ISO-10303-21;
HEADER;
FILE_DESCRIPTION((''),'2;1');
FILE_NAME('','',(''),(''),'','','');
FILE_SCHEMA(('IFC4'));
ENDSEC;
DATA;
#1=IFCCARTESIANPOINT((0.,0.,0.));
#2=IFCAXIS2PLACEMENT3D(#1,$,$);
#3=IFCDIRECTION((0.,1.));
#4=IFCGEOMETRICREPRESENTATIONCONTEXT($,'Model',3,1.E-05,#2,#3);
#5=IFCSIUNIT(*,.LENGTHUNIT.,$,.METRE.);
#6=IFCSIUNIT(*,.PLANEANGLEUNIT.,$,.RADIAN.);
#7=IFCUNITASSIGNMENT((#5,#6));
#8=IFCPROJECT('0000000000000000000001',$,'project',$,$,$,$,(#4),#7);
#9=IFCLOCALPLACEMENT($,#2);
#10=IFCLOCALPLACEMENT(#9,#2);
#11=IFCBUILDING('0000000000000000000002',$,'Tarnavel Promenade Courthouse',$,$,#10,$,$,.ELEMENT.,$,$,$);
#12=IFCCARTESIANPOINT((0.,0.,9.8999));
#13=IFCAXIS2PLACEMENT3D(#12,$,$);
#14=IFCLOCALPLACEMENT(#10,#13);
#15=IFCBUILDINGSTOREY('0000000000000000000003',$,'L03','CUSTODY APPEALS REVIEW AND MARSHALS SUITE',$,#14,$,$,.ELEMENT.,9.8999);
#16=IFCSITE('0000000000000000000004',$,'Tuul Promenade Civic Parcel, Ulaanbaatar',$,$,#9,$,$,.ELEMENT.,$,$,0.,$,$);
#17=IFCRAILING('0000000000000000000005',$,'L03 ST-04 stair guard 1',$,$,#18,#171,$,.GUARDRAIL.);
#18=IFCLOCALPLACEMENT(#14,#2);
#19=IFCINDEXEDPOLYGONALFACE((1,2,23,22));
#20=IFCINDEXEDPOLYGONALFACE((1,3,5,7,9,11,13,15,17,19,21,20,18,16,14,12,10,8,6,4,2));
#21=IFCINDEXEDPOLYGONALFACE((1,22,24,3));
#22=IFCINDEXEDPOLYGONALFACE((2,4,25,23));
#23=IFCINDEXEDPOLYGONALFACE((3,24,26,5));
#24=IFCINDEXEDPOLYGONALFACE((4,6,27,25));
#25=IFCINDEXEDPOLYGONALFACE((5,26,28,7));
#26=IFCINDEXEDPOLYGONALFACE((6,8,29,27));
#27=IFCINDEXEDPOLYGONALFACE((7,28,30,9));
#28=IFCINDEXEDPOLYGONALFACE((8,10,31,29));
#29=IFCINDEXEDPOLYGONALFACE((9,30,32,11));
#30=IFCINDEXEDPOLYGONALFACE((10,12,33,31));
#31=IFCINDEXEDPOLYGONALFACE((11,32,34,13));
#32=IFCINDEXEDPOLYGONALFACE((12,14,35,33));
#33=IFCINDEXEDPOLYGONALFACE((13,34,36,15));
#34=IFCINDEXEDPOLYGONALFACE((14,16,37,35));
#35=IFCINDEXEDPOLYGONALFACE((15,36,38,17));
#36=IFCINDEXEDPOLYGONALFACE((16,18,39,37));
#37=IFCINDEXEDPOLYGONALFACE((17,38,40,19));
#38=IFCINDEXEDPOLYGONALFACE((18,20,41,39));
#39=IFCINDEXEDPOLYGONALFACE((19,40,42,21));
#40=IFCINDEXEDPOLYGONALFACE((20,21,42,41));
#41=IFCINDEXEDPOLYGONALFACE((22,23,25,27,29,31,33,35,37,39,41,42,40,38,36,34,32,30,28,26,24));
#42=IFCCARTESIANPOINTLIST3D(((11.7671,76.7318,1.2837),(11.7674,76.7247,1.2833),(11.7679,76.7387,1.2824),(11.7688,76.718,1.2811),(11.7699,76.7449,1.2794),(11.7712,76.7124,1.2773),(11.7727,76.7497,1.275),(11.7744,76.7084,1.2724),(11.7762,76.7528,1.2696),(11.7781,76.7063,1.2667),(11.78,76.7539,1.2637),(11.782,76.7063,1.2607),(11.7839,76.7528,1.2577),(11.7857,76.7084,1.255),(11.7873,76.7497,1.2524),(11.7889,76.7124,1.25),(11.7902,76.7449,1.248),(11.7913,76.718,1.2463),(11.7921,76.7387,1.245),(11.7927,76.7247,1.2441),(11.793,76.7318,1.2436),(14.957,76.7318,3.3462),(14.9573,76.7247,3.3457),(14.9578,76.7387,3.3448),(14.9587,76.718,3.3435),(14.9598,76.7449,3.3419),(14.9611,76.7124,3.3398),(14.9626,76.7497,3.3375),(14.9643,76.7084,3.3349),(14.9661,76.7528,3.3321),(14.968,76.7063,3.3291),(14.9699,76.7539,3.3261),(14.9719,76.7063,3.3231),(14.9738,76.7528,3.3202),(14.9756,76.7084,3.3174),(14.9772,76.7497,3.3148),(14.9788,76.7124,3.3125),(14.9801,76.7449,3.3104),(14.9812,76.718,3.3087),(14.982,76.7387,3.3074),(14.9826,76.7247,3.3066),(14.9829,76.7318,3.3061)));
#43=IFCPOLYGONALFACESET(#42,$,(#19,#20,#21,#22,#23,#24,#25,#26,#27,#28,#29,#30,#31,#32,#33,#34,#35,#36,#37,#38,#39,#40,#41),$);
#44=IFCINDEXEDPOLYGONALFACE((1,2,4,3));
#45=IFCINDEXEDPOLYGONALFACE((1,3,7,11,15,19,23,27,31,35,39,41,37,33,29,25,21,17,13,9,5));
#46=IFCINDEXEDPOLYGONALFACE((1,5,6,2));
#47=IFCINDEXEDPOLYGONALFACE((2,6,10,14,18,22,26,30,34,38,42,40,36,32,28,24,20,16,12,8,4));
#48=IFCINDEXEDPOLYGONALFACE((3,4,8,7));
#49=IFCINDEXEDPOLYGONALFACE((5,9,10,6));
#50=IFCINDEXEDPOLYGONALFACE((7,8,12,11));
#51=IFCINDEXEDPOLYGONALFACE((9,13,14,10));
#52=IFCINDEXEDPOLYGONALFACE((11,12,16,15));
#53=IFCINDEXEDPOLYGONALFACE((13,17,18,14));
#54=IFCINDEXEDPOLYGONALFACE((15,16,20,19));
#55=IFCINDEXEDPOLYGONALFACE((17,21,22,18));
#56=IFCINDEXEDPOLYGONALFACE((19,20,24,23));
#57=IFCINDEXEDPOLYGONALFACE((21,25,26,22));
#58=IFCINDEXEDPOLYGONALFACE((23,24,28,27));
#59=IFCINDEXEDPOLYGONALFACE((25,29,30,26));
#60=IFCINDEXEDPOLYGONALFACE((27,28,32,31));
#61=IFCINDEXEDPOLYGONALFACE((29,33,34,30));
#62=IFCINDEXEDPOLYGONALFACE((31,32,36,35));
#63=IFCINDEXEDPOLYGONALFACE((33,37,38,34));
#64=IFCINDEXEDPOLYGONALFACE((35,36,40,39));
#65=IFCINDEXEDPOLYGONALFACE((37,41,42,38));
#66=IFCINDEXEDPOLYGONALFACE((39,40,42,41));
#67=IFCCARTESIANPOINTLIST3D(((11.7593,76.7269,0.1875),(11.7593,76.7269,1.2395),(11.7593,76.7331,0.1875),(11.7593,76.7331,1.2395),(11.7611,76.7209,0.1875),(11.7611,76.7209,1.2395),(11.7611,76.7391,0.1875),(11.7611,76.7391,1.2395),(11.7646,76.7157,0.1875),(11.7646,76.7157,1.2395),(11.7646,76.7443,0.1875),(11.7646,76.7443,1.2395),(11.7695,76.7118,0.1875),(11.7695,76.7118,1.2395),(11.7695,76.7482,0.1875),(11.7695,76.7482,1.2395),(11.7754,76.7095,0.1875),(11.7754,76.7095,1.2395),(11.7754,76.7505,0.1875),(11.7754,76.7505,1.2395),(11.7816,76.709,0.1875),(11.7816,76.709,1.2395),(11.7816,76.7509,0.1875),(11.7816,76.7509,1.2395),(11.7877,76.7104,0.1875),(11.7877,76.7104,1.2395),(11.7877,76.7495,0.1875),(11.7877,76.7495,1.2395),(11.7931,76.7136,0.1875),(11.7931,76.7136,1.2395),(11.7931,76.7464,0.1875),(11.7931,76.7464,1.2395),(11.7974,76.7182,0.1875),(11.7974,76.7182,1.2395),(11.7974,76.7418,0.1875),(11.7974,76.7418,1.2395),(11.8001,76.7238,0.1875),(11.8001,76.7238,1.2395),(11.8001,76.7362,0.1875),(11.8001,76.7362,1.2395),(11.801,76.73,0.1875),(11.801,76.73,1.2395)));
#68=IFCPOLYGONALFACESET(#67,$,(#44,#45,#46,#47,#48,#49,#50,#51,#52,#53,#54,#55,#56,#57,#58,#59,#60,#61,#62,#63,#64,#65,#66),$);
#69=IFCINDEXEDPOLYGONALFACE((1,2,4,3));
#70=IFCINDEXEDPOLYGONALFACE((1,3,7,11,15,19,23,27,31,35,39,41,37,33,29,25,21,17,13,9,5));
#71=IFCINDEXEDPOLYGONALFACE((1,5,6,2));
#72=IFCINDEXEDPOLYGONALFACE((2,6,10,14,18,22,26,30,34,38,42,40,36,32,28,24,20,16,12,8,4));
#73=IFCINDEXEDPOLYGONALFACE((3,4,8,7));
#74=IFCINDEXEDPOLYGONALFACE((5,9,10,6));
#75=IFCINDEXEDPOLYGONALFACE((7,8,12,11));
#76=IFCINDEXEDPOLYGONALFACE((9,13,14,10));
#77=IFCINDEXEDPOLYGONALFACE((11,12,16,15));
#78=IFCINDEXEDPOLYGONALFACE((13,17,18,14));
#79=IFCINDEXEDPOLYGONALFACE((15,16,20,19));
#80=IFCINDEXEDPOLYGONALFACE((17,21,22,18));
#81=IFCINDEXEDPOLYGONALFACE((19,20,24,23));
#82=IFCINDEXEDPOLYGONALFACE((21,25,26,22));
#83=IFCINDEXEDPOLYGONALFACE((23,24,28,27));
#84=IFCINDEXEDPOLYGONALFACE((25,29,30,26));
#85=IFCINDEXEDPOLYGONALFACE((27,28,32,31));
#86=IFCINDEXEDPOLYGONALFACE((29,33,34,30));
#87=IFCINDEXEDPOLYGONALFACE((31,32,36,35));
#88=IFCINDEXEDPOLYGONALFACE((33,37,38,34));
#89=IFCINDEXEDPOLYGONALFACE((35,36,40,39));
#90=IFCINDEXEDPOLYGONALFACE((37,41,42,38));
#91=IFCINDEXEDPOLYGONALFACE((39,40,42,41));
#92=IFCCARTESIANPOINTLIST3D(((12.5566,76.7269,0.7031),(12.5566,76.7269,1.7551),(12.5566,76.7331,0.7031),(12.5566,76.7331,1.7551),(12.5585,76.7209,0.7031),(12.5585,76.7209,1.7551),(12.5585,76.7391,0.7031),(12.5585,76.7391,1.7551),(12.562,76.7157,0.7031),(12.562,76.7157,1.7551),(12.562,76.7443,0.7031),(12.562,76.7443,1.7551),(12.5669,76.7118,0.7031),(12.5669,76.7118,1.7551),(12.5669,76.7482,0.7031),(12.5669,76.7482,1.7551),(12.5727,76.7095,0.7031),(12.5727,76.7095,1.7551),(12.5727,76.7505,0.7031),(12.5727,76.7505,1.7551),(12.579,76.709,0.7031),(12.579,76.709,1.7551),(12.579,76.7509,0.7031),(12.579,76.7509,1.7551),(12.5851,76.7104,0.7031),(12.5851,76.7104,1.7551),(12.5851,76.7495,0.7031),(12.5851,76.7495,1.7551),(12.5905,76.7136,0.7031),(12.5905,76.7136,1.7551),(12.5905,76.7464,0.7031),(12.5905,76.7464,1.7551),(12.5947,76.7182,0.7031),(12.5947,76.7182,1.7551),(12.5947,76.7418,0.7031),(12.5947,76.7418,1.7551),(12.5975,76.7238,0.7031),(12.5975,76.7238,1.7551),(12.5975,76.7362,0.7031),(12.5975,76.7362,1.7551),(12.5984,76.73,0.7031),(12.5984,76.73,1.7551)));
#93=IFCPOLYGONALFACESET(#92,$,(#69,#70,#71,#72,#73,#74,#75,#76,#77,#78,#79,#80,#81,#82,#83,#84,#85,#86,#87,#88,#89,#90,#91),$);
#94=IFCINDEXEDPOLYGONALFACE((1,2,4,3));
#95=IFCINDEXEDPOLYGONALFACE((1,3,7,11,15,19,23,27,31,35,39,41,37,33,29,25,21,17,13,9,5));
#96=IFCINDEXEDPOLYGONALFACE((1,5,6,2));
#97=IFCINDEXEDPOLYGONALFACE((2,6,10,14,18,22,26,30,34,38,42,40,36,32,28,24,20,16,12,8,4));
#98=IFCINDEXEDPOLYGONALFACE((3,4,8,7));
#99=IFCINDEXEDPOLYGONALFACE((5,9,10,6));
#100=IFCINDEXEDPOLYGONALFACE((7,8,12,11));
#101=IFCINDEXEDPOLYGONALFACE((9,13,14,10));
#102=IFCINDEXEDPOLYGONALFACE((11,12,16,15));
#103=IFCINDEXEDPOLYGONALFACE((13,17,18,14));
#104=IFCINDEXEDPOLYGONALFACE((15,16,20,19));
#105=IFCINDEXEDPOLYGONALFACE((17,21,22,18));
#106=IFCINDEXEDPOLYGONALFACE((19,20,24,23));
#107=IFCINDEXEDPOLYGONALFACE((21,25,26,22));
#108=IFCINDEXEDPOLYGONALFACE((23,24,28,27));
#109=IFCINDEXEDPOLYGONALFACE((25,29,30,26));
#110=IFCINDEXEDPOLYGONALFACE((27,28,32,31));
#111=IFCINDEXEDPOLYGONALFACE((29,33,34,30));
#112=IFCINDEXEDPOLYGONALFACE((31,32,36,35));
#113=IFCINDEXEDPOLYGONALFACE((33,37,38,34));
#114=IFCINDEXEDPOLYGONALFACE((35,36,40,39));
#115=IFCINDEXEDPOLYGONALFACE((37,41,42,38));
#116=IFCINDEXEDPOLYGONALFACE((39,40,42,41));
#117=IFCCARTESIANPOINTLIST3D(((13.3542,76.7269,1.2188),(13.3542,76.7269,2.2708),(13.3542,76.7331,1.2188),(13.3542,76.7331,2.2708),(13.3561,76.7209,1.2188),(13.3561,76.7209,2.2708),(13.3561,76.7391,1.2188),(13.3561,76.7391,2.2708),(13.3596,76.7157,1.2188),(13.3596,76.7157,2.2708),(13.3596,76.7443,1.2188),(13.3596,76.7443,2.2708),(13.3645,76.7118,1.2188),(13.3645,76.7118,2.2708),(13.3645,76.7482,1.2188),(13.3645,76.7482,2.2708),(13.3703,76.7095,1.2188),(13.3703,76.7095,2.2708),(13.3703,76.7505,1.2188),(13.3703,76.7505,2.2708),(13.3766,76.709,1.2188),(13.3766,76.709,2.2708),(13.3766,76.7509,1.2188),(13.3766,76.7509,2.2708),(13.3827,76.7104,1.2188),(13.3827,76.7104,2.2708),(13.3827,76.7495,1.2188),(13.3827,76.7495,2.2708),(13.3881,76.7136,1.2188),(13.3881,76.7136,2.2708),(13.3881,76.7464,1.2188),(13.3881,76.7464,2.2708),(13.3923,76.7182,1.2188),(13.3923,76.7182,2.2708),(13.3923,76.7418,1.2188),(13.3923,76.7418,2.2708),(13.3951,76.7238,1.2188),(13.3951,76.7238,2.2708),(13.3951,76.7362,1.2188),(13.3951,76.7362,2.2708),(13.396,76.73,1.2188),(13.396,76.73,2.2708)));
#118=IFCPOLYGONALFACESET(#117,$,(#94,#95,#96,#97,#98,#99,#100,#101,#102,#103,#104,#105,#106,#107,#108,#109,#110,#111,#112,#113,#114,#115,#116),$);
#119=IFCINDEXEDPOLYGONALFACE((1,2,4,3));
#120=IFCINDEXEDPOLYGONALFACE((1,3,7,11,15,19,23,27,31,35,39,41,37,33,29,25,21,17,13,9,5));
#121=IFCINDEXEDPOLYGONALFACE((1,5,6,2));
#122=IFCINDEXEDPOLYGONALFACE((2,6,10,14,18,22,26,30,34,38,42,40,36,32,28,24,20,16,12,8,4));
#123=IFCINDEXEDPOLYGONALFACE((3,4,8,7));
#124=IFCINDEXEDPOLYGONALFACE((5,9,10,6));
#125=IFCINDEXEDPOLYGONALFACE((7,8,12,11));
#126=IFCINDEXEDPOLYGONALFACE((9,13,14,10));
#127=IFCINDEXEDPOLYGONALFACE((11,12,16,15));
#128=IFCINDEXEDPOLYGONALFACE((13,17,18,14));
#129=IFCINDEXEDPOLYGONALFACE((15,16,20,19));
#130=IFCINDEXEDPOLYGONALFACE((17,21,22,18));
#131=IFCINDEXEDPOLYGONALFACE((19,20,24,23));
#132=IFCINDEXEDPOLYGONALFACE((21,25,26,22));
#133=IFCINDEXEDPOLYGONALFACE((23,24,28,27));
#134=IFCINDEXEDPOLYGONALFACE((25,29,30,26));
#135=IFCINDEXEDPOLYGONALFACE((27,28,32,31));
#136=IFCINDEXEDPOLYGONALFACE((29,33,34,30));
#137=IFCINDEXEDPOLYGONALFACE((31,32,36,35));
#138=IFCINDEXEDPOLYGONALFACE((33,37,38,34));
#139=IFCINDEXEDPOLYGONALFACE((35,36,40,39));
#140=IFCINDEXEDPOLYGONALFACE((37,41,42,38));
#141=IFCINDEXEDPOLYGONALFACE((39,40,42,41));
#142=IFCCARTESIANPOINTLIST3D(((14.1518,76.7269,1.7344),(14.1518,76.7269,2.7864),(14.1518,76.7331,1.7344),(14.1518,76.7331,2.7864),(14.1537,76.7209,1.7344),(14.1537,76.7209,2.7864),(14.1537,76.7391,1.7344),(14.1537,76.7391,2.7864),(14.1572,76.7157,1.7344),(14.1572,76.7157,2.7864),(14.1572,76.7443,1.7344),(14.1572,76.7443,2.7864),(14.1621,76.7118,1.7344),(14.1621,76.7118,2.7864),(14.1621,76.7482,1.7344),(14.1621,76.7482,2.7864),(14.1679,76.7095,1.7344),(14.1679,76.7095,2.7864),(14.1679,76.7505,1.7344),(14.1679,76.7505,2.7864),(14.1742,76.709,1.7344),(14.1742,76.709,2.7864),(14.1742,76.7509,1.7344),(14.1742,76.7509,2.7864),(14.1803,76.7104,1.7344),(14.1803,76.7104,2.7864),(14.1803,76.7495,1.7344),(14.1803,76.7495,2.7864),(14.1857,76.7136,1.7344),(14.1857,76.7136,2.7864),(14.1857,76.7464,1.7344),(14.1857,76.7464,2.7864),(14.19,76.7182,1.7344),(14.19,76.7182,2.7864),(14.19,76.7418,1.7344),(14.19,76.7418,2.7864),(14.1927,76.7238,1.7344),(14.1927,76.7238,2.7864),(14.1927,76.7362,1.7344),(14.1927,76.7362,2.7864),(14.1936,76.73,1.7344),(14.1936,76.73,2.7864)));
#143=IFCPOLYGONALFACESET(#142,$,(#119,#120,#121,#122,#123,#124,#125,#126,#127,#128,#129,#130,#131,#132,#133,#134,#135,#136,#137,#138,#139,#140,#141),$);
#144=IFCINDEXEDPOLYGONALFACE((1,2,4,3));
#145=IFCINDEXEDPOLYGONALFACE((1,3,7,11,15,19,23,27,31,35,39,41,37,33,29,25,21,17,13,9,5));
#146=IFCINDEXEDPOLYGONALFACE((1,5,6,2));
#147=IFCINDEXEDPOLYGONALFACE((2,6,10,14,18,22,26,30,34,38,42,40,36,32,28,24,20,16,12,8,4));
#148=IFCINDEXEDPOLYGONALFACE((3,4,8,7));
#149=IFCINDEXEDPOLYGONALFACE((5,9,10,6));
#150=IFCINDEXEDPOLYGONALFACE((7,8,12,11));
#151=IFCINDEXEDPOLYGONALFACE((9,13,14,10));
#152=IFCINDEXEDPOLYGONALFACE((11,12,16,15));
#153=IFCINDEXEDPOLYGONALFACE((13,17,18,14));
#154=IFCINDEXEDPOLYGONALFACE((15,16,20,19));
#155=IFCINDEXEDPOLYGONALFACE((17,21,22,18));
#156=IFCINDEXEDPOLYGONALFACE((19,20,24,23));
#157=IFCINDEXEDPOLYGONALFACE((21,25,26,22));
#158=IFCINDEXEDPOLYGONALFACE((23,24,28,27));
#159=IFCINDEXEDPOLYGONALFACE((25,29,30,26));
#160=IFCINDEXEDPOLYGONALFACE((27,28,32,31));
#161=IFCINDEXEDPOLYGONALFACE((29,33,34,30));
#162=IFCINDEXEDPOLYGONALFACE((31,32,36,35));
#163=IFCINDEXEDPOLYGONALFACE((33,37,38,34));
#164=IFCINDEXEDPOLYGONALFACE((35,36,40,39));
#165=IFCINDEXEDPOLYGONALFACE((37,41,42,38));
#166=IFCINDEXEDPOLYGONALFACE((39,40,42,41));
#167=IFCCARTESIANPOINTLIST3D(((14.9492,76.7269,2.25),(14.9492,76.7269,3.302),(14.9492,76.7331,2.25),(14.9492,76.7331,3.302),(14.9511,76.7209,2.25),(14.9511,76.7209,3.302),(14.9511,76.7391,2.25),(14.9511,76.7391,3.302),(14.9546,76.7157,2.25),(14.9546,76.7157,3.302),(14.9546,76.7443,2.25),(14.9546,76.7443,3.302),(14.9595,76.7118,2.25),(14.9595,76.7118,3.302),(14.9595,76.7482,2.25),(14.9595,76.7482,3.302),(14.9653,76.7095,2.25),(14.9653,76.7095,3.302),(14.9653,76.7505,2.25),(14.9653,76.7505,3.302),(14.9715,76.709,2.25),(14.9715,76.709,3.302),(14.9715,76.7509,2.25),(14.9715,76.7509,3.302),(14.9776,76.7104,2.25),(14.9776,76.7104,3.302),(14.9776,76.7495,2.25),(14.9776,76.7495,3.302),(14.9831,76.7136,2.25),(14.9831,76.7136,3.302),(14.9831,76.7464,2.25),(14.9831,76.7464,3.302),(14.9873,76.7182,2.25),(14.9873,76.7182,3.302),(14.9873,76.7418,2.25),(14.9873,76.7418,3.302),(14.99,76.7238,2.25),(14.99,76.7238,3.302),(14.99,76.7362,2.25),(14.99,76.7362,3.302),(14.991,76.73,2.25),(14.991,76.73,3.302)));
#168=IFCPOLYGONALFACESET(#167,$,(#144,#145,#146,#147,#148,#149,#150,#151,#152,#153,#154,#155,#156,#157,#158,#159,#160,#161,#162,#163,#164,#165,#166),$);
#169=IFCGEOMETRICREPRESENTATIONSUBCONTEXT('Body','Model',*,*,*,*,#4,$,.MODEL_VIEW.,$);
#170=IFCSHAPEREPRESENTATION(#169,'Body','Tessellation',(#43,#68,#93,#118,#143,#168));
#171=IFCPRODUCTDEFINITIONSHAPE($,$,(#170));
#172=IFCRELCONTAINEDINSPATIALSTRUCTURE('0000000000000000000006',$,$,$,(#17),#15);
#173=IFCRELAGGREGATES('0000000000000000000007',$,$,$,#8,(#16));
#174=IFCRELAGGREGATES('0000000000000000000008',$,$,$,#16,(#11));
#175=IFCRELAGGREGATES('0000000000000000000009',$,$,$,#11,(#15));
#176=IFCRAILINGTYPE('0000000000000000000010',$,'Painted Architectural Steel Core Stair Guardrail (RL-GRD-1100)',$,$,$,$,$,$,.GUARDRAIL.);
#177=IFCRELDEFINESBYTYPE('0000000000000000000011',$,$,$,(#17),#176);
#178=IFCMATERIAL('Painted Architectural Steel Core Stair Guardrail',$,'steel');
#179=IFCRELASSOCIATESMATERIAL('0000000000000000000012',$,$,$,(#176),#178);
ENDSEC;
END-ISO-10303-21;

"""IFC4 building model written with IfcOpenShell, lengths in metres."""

from ifc_helpers import new_model, si_unit, direction, frame, origin, origin_2d, place, context, subcontext, project, spatial, circle, extrude, material, type_object, element, save


model = new_model("IFC4")

# Units and contexts
model_context = context("Model", 3, precision=1e-05, world=origin(), true_north=direction((0.0, 1.0)))
body_context = subcontext(model_context, "Body", "Model", "MODEL_VIEW")
ifc_project = project(units=[si_unit("LENGTHUNIT", "METRE"), si_unit("PLANEANGLEUNIT", "RADIAN")], contexts=[model_context])

# Site, building, storey
site_placement = place(None, origin())
site = spatial("IfcSite", under=ifc_project, at=site_placement, Name="Tuul Promenade Civic Parcel, Ulaanbaatar", CompositionType="ELEMENT", RefElevation=0.0)
building_placement = place(site_placement, origin())
building = spatial("IfcBuilding", under=site, at=building_placement, Name="Tarnavel Promenade Courthouse", CompositionType="ELEMENT")
storey_placement = place(building_placement, frame((0.0, 0.0, 9.8999)))
storey = spatial("IfcBuildingStorey", under=building, at=storey_placement, Name="L03", Description="CUSTODY APPEALS REVIEW AND MARSHALS SUITE", CompositionType="ELEMENT", Elevation=9.8999)

# Railing
ifc_material_1 = material(Name="Painted Architectural Steel Core Stair Guardrail", Category="steel")
railing_type_1 = type_object("IfcRailingType", Name="Painted Architectural Steel Core Stair Guardrail (RL-GRD-1100)", PredefinedType="GUARDRAIL", material=ifc_material_1)
railing_1_placement = place(storey_placement, frame((11.78, 76.73, 0.1875)))
element("IfcRailing", 1, at=railing_1_placement, inside=storey, type_object=railing_type_1, Name="L03 ST-04 stair guard 1", PredefinedType="GUARDRAIL", context=body_context, shape_type="SweptSolid", body=[
    extrude(circle(Radius=0.0239, at=origin_2d()), frame((0.0, 0.0, 1.0762), z_axis=(0.83976, 0.0, 0.542958), x_axis=(0.0, 1.0, 0.0)), (0.0, 0.0, 1.0), 3.7986),
    extrude(circle(Radius=0.021, at=origin_2d()), origin(), (0.0, 0.0, 1.0), 1.052),
    extrude(circle(Radius=0.021, at=origin_2d()), frame((0.7974, 0.0, 0.5156)), (0.0, 0.0, 1.0), 1.052),
    extrude(circle(Radius=0.021, at=origin_2d()), frame((1.595, 0.0, 1.0312)), (0.0, 0.0, 1.0), 1.052),
    extrude(circle(Radius=0.021, at=origin_2d()), frame((2.3926, 0.0, 1.5469)), (0.0, 0.0, 1.0), 1.052),
    extrude(circle(Radius=0.021, at=origin_2d()), frame((3.1899, 0.0, 2.0625)), (0.0, 0.0, 1.0), 1.052),
])

save(model, "model.ifc")
